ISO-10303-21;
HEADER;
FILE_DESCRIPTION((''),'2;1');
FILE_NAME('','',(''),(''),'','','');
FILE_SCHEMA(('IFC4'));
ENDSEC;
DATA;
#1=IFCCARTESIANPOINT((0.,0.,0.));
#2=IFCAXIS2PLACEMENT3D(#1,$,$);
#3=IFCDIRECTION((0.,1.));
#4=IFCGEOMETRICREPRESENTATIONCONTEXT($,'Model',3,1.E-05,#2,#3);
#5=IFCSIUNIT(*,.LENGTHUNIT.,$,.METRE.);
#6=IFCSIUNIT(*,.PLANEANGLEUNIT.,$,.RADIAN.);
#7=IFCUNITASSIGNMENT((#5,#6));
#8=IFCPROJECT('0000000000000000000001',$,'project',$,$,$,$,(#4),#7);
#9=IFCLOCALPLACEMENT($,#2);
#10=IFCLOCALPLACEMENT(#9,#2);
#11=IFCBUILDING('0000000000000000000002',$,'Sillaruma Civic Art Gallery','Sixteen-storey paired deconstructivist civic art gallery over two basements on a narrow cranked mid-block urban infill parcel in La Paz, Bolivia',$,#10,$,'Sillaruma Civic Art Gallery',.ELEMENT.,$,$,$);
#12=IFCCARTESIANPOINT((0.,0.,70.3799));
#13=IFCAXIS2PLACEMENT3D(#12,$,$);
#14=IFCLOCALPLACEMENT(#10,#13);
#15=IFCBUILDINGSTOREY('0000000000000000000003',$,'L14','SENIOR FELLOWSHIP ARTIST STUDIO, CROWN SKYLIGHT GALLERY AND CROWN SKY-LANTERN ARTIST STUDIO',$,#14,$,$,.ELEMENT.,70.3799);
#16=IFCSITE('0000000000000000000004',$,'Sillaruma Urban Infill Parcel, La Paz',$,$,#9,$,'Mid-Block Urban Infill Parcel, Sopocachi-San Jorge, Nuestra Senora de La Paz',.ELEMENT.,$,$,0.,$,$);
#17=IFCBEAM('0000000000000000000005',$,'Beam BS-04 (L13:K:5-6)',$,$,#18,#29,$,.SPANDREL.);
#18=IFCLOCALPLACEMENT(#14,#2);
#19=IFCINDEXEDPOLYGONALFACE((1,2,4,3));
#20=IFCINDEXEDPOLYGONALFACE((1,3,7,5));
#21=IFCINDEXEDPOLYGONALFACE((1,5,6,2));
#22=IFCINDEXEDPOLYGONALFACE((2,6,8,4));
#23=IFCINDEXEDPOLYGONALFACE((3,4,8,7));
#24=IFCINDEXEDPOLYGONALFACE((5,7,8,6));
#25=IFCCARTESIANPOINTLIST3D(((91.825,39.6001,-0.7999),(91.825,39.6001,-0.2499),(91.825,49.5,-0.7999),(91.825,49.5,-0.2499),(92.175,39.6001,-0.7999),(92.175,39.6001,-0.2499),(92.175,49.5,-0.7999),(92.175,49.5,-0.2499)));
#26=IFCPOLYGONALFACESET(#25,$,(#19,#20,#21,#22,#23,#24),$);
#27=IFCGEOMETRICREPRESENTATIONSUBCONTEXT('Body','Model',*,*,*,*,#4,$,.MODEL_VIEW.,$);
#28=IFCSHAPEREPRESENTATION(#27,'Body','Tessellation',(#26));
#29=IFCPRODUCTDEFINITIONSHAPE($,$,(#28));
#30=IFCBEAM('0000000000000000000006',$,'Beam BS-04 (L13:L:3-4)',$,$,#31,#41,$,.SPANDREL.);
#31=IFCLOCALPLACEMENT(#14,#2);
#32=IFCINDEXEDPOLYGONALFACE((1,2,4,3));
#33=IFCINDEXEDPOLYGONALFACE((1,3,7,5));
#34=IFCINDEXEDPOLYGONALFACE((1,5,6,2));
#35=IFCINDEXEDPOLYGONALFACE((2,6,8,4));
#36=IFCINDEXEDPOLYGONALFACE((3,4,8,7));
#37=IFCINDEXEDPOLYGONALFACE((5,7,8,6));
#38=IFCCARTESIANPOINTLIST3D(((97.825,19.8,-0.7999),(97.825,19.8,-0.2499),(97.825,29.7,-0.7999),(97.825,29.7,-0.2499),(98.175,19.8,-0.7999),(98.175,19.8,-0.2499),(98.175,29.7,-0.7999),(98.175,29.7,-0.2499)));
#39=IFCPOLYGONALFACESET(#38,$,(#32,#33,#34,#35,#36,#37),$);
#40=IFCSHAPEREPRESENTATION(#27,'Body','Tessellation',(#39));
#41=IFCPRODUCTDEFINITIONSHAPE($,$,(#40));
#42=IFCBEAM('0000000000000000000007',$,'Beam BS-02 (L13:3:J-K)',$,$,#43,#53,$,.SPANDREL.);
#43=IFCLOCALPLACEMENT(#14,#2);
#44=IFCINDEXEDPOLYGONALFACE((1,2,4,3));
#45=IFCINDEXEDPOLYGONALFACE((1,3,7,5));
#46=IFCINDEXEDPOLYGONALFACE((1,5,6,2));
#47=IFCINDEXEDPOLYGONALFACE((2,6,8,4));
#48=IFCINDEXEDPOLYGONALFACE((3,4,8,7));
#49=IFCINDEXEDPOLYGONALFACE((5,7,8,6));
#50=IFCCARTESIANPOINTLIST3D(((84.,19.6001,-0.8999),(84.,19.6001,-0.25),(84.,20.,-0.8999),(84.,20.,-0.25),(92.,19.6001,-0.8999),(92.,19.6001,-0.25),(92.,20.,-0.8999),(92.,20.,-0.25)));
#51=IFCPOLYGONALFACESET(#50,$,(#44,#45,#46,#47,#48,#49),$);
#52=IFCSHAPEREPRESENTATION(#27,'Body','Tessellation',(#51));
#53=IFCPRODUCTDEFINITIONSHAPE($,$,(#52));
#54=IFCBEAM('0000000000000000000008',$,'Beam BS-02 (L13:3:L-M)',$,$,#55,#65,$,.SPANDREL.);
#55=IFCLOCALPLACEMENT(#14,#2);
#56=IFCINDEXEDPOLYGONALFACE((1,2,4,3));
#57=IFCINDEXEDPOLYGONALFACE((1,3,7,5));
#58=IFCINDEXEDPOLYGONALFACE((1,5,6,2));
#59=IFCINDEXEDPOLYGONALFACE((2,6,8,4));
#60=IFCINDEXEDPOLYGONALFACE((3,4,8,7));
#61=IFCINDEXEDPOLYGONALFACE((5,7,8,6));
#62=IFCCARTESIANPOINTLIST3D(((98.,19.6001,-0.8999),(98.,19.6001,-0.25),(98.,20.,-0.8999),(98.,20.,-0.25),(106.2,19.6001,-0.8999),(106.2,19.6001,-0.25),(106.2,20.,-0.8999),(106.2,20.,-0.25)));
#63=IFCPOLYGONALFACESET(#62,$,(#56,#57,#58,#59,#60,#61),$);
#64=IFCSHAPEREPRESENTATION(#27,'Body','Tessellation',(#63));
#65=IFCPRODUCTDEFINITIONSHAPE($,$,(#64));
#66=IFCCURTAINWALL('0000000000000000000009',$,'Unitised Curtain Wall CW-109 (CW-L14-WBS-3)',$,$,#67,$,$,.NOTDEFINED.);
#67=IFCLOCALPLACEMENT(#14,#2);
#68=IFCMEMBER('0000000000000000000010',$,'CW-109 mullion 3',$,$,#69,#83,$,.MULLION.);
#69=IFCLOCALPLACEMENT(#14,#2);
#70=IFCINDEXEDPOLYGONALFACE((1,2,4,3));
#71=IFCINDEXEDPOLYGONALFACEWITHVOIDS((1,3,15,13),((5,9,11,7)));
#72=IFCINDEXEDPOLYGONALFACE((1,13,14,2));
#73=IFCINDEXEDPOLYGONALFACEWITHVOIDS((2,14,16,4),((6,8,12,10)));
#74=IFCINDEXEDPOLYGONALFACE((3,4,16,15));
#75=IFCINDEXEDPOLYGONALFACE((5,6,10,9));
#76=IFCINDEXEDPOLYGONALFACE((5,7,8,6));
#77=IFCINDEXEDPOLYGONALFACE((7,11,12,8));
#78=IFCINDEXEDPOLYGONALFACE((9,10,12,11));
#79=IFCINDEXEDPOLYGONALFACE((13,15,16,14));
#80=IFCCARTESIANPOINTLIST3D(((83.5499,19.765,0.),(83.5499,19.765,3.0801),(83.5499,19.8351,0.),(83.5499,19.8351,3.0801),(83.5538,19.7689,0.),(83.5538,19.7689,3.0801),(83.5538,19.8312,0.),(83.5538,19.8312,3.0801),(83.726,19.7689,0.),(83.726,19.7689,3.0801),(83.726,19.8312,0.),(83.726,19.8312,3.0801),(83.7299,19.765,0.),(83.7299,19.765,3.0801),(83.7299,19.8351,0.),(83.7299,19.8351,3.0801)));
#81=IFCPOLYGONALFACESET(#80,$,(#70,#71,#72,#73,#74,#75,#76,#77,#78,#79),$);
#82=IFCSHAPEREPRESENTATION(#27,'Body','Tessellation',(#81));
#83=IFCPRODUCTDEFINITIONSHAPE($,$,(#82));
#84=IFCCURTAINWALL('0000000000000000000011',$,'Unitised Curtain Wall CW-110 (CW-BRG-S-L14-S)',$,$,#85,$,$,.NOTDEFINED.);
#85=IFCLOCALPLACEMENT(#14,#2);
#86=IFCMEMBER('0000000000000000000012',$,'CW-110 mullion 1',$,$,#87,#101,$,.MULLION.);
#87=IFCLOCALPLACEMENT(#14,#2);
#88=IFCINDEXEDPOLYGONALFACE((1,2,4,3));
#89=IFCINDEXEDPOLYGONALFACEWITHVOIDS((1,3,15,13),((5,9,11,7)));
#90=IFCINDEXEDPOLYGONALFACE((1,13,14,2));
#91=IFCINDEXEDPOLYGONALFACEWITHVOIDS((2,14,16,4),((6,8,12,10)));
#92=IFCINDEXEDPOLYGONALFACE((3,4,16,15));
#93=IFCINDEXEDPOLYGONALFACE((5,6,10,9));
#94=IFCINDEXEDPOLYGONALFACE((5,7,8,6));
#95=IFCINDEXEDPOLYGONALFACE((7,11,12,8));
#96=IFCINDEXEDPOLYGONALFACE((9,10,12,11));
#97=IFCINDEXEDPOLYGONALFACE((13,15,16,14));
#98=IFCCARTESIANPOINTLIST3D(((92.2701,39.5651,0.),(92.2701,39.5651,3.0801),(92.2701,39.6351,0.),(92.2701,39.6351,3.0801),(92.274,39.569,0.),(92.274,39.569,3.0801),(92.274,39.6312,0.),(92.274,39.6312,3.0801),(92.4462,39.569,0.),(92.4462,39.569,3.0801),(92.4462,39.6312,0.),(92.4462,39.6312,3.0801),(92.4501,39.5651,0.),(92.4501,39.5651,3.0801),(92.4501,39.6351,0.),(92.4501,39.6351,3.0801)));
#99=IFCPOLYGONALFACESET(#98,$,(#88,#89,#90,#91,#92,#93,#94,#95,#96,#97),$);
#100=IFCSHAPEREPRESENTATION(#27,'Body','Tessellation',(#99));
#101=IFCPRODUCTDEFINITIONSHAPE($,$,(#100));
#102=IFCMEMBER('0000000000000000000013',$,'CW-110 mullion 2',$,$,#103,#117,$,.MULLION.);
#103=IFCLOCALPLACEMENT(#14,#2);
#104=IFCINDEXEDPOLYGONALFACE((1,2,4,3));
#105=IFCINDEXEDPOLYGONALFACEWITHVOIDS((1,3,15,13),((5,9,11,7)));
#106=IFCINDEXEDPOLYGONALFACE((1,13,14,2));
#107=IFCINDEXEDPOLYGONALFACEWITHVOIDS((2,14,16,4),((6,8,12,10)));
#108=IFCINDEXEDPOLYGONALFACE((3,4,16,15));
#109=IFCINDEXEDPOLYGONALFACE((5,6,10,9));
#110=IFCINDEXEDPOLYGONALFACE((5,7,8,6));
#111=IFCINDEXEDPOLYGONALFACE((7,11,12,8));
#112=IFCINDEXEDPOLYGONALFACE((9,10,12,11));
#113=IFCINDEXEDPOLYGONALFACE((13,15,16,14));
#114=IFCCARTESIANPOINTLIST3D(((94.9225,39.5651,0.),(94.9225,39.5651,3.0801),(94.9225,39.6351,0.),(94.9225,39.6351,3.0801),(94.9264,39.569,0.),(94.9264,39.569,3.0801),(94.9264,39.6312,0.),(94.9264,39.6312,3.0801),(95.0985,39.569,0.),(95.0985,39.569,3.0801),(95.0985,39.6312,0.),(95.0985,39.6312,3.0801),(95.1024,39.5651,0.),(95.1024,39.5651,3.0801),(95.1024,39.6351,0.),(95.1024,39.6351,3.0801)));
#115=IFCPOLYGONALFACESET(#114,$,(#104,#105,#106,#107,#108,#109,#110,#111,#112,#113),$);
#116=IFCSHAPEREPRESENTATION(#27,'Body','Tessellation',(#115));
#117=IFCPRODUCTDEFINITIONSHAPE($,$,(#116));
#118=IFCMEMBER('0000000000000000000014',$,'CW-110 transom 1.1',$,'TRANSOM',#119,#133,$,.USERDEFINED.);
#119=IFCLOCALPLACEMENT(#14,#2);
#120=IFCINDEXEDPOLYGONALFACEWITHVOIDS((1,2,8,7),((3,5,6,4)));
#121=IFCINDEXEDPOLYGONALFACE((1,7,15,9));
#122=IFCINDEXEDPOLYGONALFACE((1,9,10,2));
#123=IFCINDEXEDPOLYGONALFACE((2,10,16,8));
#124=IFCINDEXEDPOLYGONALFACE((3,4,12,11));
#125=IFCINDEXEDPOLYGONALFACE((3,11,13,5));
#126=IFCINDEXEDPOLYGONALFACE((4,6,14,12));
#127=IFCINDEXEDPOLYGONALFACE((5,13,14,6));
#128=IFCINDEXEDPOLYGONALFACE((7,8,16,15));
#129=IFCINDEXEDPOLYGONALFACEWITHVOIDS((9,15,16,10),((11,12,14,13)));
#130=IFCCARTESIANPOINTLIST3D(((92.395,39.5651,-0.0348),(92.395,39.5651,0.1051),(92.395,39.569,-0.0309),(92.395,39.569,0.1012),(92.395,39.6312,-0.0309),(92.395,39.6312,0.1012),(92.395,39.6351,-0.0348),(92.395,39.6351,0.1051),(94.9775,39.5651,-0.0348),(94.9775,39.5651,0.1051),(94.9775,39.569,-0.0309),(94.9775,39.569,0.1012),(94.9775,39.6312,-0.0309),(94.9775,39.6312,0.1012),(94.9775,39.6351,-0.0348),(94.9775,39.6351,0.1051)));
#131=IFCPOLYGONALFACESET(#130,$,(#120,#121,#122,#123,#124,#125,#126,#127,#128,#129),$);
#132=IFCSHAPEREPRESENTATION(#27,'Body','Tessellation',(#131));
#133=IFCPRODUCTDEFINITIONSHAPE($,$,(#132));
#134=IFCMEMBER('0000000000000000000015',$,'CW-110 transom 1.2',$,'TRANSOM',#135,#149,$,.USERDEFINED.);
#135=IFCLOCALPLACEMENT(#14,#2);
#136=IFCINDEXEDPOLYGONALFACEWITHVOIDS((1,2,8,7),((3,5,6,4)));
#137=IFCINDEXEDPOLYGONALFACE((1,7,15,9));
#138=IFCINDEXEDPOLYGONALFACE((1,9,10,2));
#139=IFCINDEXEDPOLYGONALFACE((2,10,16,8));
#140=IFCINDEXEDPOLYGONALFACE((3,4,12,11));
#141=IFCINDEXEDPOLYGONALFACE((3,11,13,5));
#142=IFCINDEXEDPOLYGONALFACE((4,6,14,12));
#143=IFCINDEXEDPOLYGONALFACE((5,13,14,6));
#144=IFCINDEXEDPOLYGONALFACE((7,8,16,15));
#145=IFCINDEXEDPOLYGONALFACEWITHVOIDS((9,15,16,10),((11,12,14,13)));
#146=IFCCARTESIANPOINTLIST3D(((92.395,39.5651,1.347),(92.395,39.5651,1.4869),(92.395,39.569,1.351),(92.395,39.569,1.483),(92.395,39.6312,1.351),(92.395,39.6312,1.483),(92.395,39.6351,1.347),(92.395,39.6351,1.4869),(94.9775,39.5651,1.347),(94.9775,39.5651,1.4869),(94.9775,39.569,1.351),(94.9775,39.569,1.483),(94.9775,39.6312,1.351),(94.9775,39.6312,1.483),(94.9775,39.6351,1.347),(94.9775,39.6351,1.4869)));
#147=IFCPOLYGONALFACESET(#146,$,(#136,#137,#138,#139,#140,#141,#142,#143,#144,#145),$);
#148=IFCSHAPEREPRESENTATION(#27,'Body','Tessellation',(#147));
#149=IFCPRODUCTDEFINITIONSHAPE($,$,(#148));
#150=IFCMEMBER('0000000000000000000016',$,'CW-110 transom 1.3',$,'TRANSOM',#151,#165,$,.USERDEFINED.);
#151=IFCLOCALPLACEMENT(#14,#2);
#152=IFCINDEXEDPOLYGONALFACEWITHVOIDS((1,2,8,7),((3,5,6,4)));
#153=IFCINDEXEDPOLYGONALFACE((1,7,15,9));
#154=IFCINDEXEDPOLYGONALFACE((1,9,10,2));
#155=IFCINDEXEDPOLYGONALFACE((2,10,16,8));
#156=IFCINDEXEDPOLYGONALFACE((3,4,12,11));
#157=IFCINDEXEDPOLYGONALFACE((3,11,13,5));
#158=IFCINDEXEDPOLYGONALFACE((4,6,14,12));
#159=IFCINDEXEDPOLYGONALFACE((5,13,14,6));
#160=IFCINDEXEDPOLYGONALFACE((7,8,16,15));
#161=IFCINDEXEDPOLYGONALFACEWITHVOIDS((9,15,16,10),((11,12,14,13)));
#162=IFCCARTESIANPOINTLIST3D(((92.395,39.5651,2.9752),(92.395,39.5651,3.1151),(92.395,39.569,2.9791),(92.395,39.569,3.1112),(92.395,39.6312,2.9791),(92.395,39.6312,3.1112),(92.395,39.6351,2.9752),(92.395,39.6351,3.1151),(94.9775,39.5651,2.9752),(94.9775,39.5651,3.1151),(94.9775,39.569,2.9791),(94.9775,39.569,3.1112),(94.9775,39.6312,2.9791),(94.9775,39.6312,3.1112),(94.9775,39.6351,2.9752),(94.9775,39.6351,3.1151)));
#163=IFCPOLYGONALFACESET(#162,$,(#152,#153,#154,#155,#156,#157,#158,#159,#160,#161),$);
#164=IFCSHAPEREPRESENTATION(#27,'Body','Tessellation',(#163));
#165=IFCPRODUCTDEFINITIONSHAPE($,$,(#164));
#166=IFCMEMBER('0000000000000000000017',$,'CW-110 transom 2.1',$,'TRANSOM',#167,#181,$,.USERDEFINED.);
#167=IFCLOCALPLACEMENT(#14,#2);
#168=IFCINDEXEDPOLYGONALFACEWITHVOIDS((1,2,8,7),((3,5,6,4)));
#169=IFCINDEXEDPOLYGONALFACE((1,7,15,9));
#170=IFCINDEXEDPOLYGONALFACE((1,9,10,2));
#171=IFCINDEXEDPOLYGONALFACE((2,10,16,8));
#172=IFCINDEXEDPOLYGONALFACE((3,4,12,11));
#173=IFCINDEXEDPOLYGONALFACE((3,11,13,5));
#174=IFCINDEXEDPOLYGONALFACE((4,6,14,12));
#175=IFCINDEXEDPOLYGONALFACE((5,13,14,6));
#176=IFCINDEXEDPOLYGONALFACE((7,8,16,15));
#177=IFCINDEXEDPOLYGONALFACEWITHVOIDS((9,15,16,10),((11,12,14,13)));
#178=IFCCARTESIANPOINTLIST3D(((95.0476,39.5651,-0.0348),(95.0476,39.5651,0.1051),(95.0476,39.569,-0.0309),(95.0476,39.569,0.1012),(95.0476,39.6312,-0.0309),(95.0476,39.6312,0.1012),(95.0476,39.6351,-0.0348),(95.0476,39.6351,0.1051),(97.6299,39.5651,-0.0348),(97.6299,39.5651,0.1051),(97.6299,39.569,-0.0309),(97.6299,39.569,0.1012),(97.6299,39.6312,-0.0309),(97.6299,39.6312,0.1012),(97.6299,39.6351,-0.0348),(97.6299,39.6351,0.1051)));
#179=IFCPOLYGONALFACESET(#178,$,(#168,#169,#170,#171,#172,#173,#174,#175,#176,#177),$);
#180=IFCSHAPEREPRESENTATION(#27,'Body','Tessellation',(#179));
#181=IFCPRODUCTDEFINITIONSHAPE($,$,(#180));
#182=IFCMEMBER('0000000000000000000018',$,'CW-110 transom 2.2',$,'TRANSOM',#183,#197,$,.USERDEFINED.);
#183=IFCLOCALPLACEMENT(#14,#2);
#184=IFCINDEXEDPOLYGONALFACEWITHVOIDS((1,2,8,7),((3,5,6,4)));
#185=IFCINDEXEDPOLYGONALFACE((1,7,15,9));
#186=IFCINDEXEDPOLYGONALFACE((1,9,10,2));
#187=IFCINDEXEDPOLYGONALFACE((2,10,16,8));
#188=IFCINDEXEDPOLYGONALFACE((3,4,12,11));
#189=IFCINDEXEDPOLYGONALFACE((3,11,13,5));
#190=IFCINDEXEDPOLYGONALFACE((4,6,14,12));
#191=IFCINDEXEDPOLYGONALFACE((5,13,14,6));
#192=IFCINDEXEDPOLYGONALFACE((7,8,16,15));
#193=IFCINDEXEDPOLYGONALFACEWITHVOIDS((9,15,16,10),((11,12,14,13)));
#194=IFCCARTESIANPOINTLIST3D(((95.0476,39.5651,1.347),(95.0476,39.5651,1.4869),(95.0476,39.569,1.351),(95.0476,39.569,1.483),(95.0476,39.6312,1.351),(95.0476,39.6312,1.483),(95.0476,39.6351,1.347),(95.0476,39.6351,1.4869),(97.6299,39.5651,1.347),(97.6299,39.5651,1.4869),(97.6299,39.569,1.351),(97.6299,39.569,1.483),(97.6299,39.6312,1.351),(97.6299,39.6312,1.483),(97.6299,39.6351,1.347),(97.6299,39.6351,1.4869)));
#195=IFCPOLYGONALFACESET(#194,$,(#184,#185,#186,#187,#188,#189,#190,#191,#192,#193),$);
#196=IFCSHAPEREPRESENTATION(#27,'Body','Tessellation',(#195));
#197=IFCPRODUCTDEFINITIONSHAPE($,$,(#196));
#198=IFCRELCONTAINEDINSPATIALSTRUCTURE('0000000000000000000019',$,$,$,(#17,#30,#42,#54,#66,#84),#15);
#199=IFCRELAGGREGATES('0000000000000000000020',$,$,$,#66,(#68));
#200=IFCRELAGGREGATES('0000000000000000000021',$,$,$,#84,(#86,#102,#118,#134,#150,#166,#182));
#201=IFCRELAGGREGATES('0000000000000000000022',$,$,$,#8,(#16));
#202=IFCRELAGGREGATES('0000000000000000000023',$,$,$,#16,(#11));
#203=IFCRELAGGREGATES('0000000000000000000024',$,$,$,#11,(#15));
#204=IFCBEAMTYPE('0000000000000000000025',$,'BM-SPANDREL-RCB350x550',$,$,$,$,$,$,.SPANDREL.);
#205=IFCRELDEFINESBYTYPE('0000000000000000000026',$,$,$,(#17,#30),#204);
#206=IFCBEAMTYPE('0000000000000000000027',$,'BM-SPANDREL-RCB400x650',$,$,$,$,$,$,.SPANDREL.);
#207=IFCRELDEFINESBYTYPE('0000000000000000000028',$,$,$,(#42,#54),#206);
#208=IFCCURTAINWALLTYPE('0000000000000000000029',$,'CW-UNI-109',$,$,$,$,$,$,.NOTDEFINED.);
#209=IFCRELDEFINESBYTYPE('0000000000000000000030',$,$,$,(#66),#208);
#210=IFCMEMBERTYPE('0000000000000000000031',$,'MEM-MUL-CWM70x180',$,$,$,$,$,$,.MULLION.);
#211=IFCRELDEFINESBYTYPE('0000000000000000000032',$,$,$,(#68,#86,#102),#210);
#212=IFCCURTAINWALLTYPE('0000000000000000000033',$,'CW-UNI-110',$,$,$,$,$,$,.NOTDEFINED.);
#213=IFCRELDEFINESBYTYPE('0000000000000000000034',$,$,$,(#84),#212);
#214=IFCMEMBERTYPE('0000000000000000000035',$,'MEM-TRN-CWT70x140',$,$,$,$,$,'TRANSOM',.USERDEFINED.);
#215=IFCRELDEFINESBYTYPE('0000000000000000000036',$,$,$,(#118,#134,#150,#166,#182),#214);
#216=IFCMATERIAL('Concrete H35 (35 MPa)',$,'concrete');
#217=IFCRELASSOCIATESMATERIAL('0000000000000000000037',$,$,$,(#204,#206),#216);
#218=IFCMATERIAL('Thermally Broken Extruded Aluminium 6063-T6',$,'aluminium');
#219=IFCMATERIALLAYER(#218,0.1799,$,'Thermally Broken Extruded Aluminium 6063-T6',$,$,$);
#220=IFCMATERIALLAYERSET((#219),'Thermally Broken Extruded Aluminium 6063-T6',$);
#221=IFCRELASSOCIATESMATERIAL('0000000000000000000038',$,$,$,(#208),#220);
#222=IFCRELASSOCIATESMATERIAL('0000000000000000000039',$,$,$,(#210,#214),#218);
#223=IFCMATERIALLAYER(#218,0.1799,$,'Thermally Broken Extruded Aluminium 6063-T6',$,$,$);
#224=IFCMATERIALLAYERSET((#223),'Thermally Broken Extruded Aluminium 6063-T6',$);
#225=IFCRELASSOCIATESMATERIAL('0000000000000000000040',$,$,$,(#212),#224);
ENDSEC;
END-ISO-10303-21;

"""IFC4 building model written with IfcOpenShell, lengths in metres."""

from ifc_helpers import new_model, si_unit, direction, frame, origin, origin_2d, place, context, subcontext, project, spatial, rectangle, hollow_rectangle, extrude, material, layer, layer_set, material_profile, profile_set, type_object, element, aggregate, save


model = new_model("IFC4")

# Units and contexts
model_context = context("Model", 3, precision=1e-05, world=origin(), true_north=direction((0.0, 1.0)))
body_context = subcontext(model_context, "Body", "Model", "MODEL_VIEW")
ifc_project = project(units=[si_unit("LENGTHUNIT", "METRE"), si_unit("PLANEANGLEUNIT", "RADIAN")], contexts=[model_context])

# Site, building, storey
site_placement = place(None, origin())
site = spatial("IfcSite", under=ifc_project, at=site_placement, Name="Sillaruma Urban Infill Parcel, La Paz", LongName="Mid-Block Urban Infill Parcel, Sopocachi-San Jorge, Nuestra Senora de La Paz", CompositionType="ELEMENT", RefElevation=0.0)
building_placement = place(site_placement, origin())
building = spatial("IfcBuilding", under=site, at=building_placement, Name="Sillaruma Civic Art Gallery", Description="Sixteen-storey paired deconstructivist civic art gallery over two basements on a narrow cranked mid-block urban infill parcel in La Paz, Bolivia", LongName="Sillaruma Civic Art Gallery", CompositionType="ELEMENT")
storey_placement = place(building_placement, frame((0.0, 0.0, 70.3799)))
storey = spatial("IfcBuildingStorey", under=building, at=storey_placement, Name="L14", Description="SENIOR FELLOWSHIP ARTIST STUDIO, CROWN SKYLIGHT GALLERY AND CROWN SKY-LANTERN ARTIST STUDIO", CompositionType="ELEMENT", Elevation=70.3799)

# Beams
ifc_material_1 = material(Name="Concrete H35 (35 MPa)", Category="concrete")
ifc_material_profile_1 = material_profile(ifc_material_1, rectangle(XDim=0.3501, YDim=0.55, at=origin_2d()), Name="RCB350x550")
ifc_profile_set_1 = profile_set([ifc_material_profile_1], Name="Concrete H35 (35 MPa)")
beam_type_1 = type_object("IfcBeamType", Name="BM-SPANDREL-RCB350x550", PredefinedType="SPANDREL", material=ifc_profile_set_1)
for number, where, z_axis, x_axis, name in (
    (1, (92.0, 39.6001, -0.5249), (0.0, 1.0, 0.0), (-1.0, 0.0, 0.0), "Beam BS-04 (L13:K:5-6)"),
    (2, (98.0, 19.8, -0.5249), (0.0, 1.0, 0.0), (-1.0, 0.0, 0.0), "Beam BS-04 (L13:L:3-4)"),
):
    element("IfcBeam", number, at=place(storey_placement, frame(where, z_axis=z_axis, x_axis=x_axis)), inside=storey, type_object=beam_type_1, Name=name, PredefinedType="SPANDREL", context=body_context, shape_type="SweptSolid", body=[
        extrude(rectangle(XDim=0.3501, YDim=0.55, at=origin_2d()), origin(), (0.0, 0.0, 1.0), 9.8999),
    ])
ifc_material_profile_2 = material_profile(ifc_material_1, rectangle(XDim=0.3999, YDim=0.6499, at=origin_2d()), Name="RCB400x650")
ifc_profile_set_2 = profile_set([ifc_material_profile_2], Name="Concrete H35 (35 MPa)")
beam_type_2 = type_object("IfcBeamType", Name="BM-SPANDREL-RCB400x650", PredefinedType="SPANDREL", material=ifc_profile_set_2)
beam_1_placement = place(storey_placement, frame((84.0, 19.8, -0.575), z_axis=(1.0, 0.0, 0.0), x_axis=(0.0, 1.0, 0.0)))
element("IfcBeam", 3, at=beam_1_placement, inside=storey, type_object=beam_type_2, Name="Beam BS-02 (L13:3:J-K)", PredefinedType="SPANDREL", context=body_context, shape_type="SweptSolid", body=[
    extrude(rectangle(XDim=0.3999, YDim=0.6499, at=origin_2d()), origin(), (0.0, 0.0, 1.0), 8.0),
])
beam_2_placement = place(storey_placement, frame((98.0, 19.8, -0.575), z_axis=(1.0, 0.0, 0.0), x_axis=(0.0, 1.0, 0.0)))
element("IfcBeam", 4, at=beam_2_placement, inside=storey, type_object=beam_type_2, Name="Beam BS-02 (L13:3:L-M)", PredefinedType="SPANDREL", context=body_context, shape_type="SweptSolid", body=[
    extrude(rectangle(XDim=0.3999, YDim=0.6499, at=origin_2d()), origin(), (0.0, 0.0, 1.0), 8.2),
])

# Curtain wall, member
ifc_material_2 = material(Name="Thermally Broken Extruded Aluminium 6063-T6", Category="aluminium")
ifc_layer_1 = layer(ifc_material_2, 0.1799, Name="Thermally Broken Extruded Aluminium 6063-T6")
ifc_layer_set_1 = layer_set([ifc_layer_1], Name="Thermally Broken Extruded Aluminium 6063-T6")
curtain_wall_type_1 = type_object("IfcCurtainWallType", Name="CW-UNI-109", PredefinedType="NOTDEFINED", material=ifc_layer_set_1)
curtain_wall_1_placement = place(storey_placement, origin())
curtain_wall_1 = element("IfcCurtainWall", 5, at=curtain_wall_1_placement, inside=storey, type_object=curtain_wall_type_1, Name="Unitised Curtain Wall CW-109 (CW-L14-WBS-3)", PredefinedType="NOTDEFINED")
ifc_material_profile_3 = material_profile(ifc_material_2, hollow_rectangle(XDim=0.0701, YDim=0.1799, WallThickness=0.0039, at=origin_2d()), Name="CWM70x180")
ifc_profile_set_3 = profile_set([ifc_material_profile_3], Name="Thermally Broken Extruded Aluminium 6063-T6")
member_type_1 = type_object("IfcMemberType", Name="MEM-MUL-CWM70x180", PredefinedType="MULLION", material=ifc_profile_set_3)
member_1_placement = place(storey_placement, frame((83.6399, 19.8, 0.0), z_axis=(0.0, 0.0, 1.0), x_axis=(0.0, 1.0, 0.0)))
member_1 = element("IfcMember", 6, at=member_1_placement, type_object=member_type_1, Name="CW-109 mullion 3", PredefinedType="MULLION", context=body_context, shape_type="SweptSolid", body=[
    extrude(hollow_rectangle(XDim=0.0701, YDim=0.1799, WallThickness=0.0039, at=origin_2d()), origin(), (0.0, 0.0, 1.0), 3.0801),
])

# Curtain wall, members
ifc_layer_2 = layer(ifc_material_2, 0.1799, Name="Thermally Broken Extruded Aluminium 6063-T6")
ifc_layer_set_2 = layer_set([ifc_layer_2], Name="Thermally Broken Extruded Aluminium 6063-T6")
curtain_wall_type_2 = type_object("IfcCurtainWallType", Name="CW-UNI-110", PredefinedType="NOTDEFINED", material=ifc_layer_set_2)
curtain_wall_2_placement = place(storey_placement, origin())
curtain_wall_2 = element("IfcCurtainWall", 7, at=curtain_wall_2_placement, inside=storey, type_object=curtain_wall_type_2, Name="Unitised Curtain Wall CW-110 (CW-BRG-S-L14-S)", PredefinedType="NOTDEFINED")
member_2_placement = place(storey_placement, frame((92.3601, 39.6001, 0.0), z_axis=(0.0, 0.0, 1.0), x_axis=(0.0, 1.0, 0.0)))
member_2 = element("IfcMember", 8, at=member_2_placement, type_object=member_type_1, Name="CW-110 mullion 1", PredefinedType="MULLION", context=body_context, shape_type="SweptSolid", body=[
    extrude(hollow_rectangle(XDim=0.0701, YDim=0.1799, WallThickness=0.0039, at=origin_2d()), origin(), (0.0, 0.0, 1.0), 3.0801),
])
member_3_placement = place(storey_placement, frame((95.0125, 39.6001, 0.0), z_axis=(0.0, 0.0, 1.0), x_axis=(0.0, 1.0, 0.0)))
member_3 = element("IfcMember", 9, at=member_3_placement, type_object=member_type_1, Name="CW-110 mullion 2", PredefinedType="MULLION", context=body_context, shape_type="SweptSolid", body=[
    extrude(hollow_rectangle(XDim=0.0701, YDim=0.1799, WallThickness=0.0039, at=origin_2d()), origin(), (0.0, 0.0, 1.0), 3.0801),
])
ifc_material_profile_4 = material_profile(ifc_material_2, hollow_rectangle(XDim=0.0701, YDim=0.1399, WallThickness=0.0039, at=origin_2d()), Name="CWT70x140")
ifc_profile_set_4 = profile_set([ifc_material_profile_4], Name="Thermally Broken Extruded Aluminium 6063-T6")
member_type_2 = type_object("IfcMemberType", Name="MEM-TRN-CWT70x140", ElementType="TRANSOM", PredefinedType="USERDEFINED", material=ifc_profile_set_4)
member_4_placement = place(storey_placement, frame((92.395, 39.6001, 0.0352), z_axis=(1.0, 0.0, 0.0), x_axis=(0.0, 1.0, 0.0)))
member_4 = element("IfcMember", 10, at=member_4_placement, type_object=member_type_2, Name="CW-110 transom 1.1", ObjectType="TRANSOM", PredefinedType="USERDEFINED", context=body_context, shape_type="SweptSolid", body=[
    extrude(hollow_rectangle(XDim=0.0701, YDim=0.1399, WallThickness=0.0039, at=origin_2d()), origin(), (0.0, 0.0, 1.0), 2.5825),
])
member_5_placement = place(storey_placement, frame((92.395, 39.6001, 1.417), z_axis=(1.0, 0.0, 0.0), x_axis=(0.0, 1.0, 0.0)))
member_5 = element("IfcMember", 11, at=member_5_placement, type_object=member_type_2, Name="CW-110 transom 1.2", ObjectType="TRANSOM", PredefinedType="USERDEFINED", context=body_context, shape_type="SweptSolid", body=[
    extrude(hollow_rectangle(XDim=0.0701, YDim=0.1399, WallThickness=0.0039, at=origin_2d()), origin(), (0.0, 0.0, 1.0), 2.5825),
])
member_6_placement = place(storey_placement, frame((92.395, 39.6001, 3.0452), z_axis=(1.0, 0.0, 0.0), x_axis=(0.0, 1.0, 0.0)))
member_6 = element("IfcMember", 12, at=member_6_placement, type_object=member_type_2, Name="CW-110 transom 1.3", ObjectType="TRANSOM", PredefinedType="USERDEFINED", context=body_context, shape_type="SweptSolid", body=[
    extrude(hollow_rectangle(XDim=0.0701, YDim=0.1399, WallThickness=0.0039, at=origin_2d()), origin(), (0.0, 0.0, 1.0), 2.5825),
])
member_7_placement = place(storey_placement, frame((95.0476, 39.6001, 0.0352), z_axis=(1.0, 0.0, 0.0), x_axis=(0.0, 1.0, 0.0)))
member_7 = element("IfcMember", 13, at=member_7_placement, type_object=member_type_2, Name="CW-110 transom 2.1", ObjectType="TRANSOM", PredefinedType="USERDEFINED", context=body_context, shape_type="SweptSolid", body=[
    extrude(hollow_rectangle(XDim=0.0701, YDim=0.1399, WallThickness=0.0039, at=origin_2d()), origin(), (0.0, 0.0, 1.0), 2.5823),
])
member_8_placement = place(storey_placement, frame((95.0476, 39.6001, 1.417), z_axis=(1.0, 0.0, 0.0), x_axis=(0.0, 1.0, 0.0)))
member_8 = element("IfcMember", 14, at=member_8_placement, type_object=member_type_2, Name="CW-110 transom 2.2", ObjectType="TRANSOM", PredefinedType="USERDEFINED", context=body_context, shape_type="SweptSolid", body=[
    extrude(hollow_rectangle(XDim=0.0701, YDim=0.1399, WallThickness=0.0039, at=origin_2d()), origin(), (0.0, 0.0, 1.0), 2.5823),
])

aggregate(curtain_wall_1, [member_1])
aggregate(curtain_wall_2, [member_2, member_3, member_4, member_5, member_6, member_7, member_8])

save(model, "model.ifc")
